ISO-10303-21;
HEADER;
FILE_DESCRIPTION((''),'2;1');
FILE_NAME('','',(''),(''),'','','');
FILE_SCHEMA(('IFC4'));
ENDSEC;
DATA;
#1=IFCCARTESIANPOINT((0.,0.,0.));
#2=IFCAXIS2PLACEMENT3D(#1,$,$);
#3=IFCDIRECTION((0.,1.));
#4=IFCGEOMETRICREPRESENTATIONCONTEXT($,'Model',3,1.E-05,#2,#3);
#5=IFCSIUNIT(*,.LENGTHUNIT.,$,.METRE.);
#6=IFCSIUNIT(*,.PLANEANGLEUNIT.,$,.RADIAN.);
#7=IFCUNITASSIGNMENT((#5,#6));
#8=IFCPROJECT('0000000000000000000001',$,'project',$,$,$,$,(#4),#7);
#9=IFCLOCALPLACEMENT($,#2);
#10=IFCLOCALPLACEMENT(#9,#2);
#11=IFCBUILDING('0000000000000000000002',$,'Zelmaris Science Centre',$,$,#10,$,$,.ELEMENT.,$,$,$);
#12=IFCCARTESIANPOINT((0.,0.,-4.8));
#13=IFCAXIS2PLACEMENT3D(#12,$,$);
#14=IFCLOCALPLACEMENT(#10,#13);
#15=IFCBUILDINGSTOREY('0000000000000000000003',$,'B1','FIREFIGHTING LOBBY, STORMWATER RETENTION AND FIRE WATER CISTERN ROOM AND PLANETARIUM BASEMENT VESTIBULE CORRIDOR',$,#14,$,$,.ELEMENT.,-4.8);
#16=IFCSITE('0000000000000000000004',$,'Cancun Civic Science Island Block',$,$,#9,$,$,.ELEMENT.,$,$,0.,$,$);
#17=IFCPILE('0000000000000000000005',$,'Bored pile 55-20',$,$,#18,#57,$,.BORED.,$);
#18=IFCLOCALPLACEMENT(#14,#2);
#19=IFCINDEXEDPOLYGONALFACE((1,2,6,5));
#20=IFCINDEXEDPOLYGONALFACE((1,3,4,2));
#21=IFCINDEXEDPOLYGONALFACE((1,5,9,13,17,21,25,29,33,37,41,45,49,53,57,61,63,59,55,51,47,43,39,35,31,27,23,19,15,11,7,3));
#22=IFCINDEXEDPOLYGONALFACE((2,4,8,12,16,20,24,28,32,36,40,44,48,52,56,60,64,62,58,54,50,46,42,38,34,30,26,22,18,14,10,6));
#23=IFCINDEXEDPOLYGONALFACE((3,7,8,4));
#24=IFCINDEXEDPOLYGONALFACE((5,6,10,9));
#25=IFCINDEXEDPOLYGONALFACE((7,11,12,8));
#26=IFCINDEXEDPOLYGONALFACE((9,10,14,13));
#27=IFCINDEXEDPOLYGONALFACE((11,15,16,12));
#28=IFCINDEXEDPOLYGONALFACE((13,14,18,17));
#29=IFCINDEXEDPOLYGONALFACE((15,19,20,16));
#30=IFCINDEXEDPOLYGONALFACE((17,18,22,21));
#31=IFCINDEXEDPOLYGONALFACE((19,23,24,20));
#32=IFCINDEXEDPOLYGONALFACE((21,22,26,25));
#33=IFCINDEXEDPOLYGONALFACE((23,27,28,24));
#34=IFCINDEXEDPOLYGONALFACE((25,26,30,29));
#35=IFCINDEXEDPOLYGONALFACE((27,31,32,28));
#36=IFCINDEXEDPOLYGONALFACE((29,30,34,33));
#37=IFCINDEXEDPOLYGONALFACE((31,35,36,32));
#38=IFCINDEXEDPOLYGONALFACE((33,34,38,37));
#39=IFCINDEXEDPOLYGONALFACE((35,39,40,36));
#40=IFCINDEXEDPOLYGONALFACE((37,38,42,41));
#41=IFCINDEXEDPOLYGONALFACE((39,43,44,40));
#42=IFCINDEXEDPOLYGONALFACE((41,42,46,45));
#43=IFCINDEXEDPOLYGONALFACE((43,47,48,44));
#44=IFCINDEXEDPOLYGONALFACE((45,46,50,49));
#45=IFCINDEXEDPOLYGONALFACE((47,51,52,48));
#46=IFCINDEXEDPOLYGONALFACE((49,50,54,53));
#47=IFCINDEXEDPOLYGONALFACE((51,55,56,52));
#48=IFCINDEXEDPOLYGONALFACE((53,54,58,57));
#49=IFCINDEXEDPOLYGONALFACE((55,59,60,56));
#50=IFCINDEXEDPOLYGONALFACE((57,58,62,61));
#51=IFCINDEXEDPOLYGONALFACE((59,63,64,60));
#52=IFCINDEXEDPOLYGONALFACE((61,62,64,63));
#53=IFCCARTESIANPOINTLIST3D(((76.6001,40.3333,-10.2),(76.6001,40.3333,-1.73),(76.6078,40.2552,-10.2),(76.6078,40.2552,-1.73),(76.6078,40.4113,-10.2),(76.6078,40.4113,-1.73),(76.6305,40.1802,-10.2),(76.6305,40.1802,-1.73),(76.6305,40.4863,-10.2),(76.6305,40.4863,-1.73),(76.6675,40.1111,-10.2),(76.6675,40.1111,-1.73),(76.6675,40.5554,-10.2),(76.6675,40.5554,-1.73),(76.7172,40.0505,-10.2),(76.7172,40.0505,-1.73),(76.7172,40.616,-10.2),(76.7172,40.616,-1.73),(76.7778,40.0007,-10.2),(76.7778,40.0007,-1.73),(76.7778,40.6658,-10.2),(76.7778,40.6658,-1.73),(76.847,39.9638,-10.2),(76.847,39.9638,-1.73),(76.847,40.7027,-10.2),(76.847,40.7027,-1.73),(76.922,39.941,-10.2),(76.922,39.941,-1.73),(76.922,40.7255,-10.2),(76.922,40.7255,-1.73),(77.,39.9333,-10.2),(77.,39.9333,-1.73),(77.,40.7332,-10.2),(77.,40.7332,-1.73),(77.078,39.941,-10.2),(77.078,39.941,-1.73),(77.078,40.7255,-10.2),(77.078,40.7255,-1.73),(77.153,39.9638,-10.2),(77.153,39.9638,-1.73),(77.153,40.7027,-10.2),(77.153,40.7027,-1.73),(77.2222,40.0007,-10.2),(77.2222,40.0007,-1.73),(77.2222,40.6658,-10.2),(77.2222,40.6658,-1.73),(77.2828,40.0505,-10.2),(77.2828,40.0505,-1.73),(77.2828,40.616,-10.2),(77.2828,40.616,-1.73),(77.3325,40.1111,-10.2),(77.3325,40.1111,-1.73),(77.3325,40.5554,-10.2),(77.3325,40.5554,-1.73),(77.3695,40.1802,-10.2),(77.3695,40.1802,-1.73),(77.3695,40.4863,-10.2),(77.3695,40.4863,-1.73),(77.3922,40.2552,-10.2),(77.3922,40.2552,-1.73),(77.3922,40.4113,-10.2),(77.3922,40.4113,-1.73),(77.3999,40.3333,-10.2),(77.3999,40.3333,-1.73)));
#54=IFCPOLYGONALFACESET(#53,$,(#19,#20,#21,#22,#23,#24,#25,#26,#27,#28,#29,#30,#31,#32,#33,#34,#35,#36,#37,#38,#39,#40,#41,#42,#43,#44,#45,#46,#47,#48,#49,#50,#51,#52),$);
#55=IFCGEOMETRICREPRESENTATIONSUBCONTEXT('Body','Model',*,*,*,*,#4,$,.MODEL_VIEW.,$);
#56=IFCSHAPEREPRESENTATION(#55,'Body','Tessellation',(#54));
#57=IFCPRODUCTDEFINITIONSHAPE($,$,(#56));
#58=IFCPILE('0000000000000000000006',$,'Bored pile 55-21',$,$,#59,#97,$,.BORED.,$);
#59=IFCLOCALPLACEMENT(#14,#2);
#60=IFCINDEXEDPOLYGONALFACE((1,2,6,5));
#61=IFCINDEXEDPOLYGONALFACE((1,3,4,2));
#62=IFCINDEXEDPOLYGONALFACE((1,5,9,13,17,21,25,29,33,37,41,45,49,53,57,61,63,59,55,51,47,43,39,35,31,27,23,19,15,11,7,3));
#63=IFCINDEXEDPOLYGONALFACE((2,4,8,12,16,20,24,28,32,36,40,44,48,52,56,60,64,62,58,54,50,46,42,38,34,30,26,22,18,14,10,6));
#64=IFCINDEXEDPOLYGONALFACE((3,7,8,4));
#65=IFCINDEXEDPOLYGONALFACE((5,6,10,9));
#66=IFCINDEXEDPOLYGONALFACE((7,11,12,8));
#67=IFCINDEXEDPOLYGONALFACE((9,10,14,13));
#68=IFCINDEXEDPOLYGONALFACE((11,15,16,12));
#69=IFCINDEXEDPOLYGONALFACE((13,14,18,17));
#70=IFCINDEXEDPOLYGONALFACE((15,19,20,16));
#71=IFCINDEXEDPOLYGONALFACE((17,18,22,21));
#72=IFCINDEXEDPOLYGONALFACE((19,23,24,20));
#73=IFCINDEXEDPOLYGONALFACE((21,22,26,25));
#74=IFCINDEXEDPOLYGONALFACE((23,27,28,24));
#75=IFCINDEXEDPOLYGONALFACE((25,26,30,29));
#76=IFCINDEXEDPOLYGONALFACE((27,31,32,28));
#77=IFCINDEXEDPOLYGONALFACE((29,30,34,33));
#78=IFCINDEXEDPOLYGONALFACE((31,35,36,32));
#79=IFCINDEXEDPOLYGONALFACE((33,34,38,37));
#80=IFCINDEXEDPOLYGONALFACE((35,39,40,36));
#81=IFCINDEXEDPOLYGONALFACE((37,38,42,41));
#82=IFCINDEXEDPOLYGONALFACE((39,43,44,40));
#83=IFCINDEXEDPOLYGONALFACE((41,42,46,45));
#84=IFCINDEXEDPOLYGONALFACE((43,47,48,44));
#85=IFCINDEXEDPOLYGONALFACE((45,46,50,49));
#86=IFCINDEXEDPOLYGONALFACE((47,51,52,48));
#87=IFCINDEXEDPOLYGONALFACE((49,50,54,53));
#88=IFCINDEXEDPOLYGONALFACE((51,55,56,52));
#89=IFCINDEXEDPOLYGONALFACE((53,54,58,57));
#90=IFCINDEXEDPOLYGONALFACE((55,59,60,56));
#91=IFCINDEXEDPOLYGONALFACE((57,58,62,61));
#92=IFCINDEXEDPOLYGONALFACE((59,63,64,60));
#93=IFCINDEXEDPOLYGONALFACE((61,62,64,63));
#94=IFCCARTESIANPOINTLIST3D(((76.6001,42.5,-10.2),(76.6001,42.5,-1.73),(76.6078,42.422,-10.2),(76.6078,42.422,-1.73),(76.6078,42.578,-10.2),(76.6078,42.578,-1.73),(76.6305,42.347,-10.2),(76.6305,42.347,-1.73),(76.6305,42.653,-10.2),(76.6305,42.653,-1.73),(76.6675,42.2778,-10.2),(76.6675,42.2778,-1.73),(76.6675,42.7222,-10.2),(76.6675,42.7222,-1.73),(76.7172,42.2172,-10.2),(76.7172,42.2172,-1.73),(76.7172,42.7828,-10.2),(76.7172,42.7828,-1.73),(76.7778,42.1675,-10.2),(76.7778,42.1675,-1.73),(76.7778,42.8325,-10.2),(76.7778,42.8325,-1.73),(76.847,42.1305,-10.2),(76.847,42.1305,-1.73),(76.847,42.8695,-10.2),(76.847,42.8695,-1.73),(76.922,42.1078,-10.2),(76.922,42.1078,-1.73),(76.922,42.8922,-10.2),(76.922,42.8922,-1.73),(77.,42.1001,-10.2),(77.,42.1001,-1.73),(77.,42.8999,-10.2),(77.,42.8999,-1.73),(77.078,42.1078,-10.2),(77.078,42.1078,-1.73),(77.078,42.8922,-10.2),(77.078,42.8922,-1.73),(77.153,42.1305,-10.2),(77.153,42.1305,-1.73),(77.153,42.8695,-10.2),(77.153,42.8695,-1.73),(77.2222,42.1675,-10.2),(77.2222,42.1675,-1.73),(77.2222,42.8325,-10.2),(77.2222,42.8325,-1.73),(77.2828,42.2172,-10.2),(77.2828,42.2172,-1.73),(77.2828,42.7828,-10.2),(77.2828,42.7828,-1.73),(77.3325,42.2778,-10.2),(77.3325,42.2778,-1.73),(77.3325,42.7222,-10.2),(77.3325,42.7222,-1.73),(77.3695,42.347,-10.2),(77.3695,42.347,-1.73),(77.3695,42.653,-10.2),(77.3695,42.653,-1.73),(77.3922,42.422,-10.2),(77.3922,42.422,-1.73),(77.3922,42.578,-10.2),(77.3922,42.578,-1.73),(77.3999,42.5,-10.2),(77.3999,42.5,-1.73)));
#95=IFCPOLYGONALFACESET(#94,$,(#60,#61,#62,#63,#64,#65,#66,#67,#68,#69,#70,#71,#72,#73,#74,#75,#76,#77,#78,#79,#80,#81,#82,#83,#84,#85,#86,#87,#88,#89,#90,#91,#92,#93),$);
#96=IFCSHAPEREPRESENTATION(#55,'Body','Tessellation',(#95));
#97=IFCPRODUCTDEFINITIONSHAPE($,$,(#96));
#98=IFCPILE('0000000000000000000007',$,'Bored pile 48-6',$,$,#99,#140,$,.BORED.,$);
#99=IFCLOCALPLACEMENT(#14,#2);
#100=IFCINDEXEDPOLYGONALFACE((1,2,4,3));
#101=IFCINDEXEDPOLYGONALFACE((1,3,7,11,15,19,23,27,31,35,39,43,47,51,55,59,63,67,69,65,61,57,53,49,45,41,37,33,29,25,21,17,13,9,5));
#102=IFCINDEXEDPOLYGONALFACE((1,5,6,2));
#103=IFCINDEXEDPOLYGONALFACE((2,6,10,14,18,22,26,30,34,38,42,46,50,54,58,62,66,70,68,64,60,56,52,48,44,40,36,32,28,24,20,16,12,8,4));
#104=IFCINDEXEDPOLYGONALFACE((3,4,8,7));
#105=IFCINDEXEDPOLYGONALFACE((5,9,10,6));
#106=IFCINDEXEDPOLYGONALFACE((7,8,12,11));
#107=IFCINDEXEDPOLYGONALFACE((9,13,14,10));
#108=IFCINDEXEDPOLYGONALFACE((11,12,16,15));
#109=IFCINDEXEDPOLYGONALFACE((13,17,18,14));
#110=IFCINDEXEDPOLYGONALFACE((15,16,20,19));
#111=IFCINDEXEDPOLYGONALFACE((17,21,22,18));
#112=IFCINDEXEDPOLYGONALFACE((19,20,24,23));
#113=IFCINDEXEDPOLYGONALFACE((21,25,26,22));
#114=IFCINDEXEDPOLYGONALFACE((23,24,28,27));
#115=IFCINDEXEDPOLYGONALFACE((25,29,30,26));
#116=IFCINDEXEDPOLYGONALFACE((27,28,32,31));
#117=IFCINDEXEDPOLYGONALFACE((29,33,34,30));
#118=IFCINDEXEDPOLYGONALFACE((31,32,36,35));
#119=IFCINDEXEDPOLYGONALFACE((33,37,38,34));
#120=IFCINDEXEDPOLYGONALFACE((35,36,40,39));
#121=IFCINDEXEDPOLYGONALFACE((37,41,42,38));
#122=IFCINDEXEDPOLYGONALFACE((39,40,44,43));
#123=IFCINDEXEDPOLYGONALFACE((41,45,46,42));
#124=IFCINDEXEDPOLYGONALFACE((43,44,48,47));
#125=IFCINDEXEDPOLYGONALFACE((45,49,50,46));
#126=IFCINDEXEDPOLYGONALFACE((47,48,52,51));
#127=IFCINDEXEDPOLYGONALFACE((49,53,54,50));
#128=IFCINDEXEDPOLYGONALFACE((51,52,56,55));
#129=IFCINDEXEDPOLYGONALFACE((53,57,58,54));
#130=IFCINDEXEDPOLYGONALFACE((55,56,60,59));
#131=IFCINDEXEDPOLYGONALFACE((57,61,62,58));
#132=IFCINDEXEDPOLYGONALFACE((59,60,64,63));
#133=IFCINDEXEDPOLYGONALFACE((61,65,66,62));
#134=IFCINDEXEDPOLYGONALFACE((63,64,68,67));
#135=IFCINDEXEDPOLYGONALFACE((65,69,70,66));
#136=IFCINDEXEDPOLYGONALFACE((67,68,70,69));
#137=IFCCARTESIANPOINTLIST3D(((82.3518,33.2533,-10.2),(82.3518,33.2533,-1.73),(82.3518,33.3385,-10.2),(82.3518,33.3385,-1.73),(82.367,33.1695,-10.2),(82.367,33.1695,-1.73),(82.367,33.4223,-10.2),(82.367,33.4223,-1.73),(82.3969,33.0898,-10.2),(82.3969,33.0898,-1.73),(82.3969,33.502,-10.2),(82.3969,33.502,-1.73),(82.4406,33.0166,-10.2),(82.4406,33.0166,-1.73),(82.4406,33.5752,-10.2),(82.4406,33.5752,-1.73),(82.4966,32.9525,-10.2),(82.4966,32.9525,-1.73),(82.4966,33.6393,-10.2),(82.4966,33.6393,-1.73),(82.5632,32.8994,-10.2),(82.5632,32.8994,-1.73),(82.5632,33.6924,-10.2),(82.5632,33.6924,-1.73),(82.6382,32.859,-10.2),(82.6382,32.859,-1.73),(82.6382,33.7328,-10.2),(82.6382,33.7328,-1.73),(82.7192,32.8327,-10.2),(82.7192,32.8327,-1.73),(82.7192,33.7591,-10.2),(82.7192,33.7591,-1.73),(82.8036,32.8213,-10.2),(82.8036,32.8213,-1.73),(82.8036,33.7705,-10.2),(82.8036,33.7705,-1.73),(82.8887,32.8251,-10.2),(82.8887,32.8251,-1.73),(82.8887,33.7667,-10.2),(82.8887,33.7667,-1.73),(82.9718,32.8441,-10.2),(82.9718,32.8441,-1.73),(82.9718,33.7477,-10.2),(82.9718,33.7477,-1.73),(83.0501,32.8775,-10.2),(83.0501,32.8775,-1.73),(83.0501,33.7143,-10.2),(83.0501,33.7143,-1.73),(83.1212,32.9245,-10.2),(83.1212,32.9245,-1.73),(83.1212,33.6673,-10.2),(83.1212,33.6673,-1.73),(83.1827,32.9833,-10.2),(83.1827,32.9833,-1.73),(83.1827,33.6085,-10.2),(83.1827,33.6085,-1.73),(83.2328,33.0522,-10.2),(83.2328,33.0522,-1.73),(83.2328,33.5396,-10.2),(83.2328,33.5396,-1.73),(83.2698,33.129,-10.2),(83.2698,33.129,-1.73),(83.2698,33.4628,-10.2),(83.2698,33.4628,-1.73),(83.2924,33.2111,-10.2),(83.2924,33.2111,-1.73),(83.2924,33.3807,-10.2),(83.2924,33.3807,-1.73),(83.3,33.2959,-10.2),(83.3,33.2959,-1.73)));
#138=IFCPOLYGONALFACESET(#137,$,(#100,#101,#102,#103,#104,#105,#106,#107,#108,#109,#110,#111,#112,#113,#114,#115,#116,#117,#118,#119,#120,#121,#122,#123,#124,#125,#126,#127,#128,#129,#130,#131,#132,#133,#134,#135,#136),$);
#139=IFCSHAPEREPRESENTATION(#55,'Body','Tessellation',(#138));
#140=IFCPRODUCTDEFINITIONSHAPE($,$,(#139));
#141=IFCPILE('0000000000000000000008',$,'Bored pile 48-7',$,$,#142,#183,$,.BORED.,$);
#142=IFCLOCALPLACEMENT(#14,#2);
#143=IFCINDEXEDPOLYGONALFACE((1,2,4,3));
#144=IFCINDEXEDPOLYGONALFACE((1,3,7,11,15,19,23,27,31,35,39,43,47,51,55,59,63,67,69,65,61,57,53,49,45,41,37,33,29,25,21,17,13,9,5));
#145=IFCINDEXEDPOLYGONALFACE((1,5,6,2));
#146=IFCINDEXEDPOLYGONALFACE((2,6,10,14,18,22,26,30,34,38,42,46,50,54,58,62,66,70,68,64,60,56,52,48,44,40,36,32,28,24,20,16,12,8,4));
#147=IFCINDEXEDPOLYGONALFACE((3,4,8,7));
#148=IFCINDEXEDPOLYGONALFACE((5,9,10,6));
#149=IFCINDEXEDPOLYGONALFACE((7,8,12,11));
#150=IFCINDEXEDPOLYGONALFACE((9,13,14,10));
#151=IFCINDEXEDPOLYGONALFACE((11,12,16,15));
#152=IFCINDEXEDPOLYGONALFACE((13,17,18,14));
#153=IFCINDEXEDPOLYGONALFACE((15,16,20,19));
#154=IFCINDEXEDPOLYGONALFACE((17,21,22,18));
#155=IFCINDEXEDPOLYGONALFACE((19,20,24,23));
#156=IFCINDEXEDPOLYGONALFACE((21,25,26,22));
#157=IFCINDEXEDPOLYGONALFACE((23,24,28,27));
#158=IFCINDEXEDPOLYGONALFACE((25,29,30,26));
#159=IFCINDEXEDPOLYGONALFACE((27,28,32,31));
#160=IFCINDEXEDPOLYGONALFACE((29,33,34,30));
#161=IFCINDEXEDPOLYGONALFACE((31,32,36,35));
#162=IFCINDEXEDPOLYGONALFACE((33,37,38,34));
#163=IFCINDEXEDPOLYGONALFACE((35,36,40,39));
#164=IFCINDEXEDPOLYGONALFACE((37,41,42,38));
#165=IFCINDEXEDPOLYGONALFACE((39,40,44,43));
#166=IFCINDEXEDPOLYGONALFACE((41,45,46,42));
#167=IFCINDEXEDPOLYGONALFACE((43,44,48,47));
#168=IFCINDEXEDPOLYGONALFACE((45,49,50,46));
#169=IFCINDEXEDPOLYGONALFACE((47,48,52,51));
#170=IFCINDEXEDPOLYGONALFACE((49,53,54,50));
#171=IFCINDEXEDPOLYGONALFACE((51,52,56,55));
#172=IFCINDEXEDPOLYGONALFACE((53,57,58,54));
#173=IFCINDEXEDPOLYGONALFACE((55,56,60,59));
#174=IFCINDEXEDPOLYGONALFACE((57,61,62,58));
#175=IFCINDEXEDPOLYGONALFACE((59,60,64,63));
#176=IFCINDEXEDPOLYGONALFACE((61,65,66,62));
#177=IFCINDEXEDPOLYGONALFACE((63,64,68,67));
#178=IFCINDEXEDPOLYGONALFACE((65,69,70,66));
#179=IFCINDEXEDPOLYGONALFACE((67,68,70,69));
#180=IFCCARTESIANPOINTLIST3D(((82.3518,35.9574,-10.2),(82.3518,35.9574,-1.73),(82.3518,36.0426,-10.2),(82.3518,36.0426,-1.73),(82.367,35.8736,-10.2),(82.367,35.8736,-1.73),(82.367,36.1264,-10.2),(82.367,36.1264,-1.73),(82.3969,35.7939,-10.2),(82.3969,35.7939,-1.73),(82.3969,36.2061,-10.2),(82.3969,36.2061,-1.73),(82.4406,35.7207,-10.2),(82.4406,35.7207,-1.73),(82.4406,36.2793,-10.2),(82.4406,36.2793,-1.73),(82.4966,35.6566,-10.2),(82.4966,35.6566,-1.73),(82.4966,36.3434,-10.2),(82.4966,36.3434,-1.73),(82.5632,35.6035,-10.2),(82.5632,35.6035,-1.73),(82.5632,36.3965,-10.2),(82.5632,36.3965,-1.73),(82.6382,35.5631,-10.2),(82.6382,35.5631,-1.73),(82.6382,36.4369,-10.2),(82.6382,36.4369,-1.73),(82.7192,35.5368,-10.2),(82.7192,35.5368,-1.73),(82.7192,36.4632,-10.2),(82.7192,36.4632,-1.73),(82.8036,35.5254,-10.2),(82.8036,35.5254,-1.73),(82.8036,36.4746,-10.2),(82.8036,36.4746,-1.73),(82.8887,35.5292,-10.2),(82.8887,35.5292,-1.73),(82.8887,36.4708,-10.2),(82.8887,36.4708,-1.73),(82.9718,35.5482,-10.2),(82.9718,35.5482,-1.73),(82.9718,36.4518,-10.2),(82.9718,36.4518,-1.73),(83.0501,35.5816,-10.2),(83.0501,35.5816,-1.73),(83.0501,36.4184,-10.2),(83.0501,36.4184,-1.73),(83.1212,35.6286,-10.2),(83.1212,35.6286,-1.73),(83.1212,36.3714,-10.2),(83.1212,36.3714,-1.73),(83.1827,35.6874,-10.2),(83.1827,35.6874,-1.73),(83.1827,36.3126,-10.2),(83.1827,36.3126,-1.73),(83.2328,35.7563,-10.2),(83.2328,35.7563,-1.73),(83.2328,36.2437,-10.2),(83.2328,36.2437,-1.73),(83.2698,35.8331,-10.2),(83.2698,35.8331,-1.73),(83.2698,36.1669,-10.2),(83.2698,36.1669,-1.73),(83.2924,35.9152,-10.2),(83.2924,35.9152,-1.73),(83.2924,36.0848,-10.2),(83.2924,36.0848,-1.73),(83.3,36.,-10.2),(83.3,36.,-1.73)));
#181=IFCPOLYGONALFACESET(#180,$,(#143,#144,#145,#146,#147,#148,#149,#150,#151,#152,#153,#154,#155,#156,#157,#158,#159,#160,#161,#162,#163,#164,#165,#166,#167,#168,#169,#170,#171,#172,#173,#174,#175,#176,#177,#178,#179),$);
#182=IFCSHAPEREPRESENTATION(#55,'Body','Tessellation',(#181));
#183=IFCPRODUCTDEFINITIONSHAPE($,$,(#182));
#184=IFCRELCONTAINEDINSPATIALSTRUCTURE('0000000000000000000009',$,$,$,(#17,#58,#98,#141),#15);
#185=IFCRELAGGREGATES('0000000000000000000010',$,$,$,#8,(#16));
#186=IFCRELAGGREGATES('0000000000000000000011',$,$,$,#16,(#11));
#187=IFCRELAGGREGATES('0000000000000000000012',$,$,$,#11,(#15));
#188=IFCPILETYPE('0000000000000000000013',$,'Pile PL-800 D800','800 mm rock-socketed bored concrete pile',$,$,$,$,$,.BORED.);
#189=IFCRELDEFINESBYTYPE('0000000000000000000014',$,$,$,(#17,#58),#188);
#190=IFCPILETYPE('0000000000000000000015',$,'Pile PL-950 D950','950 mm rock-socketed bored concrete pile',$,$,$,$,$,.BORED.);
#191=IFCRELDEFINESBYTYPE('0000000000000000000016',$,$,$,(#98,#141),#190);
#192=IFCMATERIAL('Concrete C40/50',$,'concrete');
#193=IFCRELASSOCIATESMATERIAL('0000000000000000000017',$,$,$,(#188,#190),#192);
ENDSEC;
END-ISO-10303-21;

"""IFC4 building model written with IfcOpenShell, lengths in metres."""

from ifc_helpers import new_model, si_unit, direction, frame, origin, origin_2d, place, context, subcontext, project, spatial, circle, extrude, material, material_profile, profile_set, type_object, element, save


model = new_model("IFC4")

# Units and contexts
model_context = context("Model", 3, precision=1e-05, world=origin(), true_north=direction((0.0, 1.0)))
body_context = subcontext(model_context, "Body", "Model", "MODEL_VIEW")
ifc_project = project(units=[si_unit("LENGTHUNIT", "METRE"), si_unit("PLANEANGLEUNIT", "RADIAN")], contexts=[model_context])

# Site, building, storey
site_placement = place(None, origin())
site = spatial("IfcSite", under=ifc_project, at=site_placement, Name="Cancun Civic Science Island Block", CompositionType="ELEMENT", RefElevation=0.0)
building_placement = place(site_placement, origin())
building = spatial("IfcBuilding", under=site, at=building_placement, Name="Zelmaris Science Centre", CompositionType="ELEMENT")
storey_placement = place(building_placement, frame((0.0, 0.0, -4.8)))
storey = spatial("IfcBuildingStorey", under=building, at=storey_placement, Name="B1", Description="FIREFIGHTING LOBBY, STORMWATER RETENTION AND FIRE WATER CISTERN ROOM AND PLANETARIUM BASEMENT VESTIBULE CORRIDOR", CompositionType="ELEMENT", Elevation=-4.8)

# Shared definitions
ifc_material_1 = material(Name="Concrete C40/50", Category="concrete")

# Piles
ifc_material_profile_1 = material_profile(ifc_material_1, circle(Radius=0.3999, at=origin_2d()), Name="PILE-800")
ifc_profile_set_1 = profile_set([ifc_material_profile_1], Name="Concrete C40/50")
pile_type_1 = type_object("IfcPileType", Name="Pile PL-800 D800", Description="800 mm rock-socketed bored concrete pile", PredefinedType="BORED", material=ifc_profile_set_1)
for number, where, z_axis, x_axis, name in (
    (1, (77.0, 40.3333, -1.73), (0.0, 0.0, -1.0), (1.0, 0.0, 0.0), "Bored pile 55-20"),
    (2, (77.0, 42.5, -1.73), (0.0, 0.0, -1.0), (1.0, 0.0, 0.0), "Bored pile 55-21"),
):
    element("IfcPile", number, at=place(storey_placement, frame(where, z_axis=z_axis, x_axis=x_axis)), inside=storey, type_object=pile_type_1, Name=name, PredefinedType="BORED", context=body_context, shape_type="SweptSolid", body=[
        extrude(circle(Radius=0.3999, at=origin_2d()), origin(), (0.0, 0.0, 1.0), 8.47),
    ])
ifc_material_profile_2 = material_profile(ifc_material_1, circle(Radius=0.4751, at=origin_2d()), Name="PILE-950")
ifc_profile_set_2 = profile_set([ifc_material_profile_2], Name="Concrete C40/50")
pile_type_2 = type_object("IfcPileType", Name="Pile PL-950 D950", Description="950 mm rock-socketed bored concrete pile", PredefinedType="BORED", material=ifc_profile_set_2)
for number, where, z_axis, x_axis, name in (
    (3, (82.825, 33.2959, -1.73), (0.0, 0.0, -1.0), (1.0, 0.0, 0.0), "Bored pile 48-6"),
    (4, (82.825, 36.0, -1.73), (0.0, 0.0, -1.0), (1.0, 0.0, 0.0), "Bored pile 48-7"),
):
    element("IfcPile", number, at=place(storey_placement, frame(where, z_axis=z_axis, x_axis=x_axis)), inside=storey, type_object=pile_type_2, Name=name, PredefinedType="BORED", context=body_context, shape_type="SweptSolid", body=[
        extrude(circle(Radius=0.4751, at=origin_2d()), origin(), (0.0, 0.0, 1.0), 8.47),
    ])

save(model, "model.ifc")
